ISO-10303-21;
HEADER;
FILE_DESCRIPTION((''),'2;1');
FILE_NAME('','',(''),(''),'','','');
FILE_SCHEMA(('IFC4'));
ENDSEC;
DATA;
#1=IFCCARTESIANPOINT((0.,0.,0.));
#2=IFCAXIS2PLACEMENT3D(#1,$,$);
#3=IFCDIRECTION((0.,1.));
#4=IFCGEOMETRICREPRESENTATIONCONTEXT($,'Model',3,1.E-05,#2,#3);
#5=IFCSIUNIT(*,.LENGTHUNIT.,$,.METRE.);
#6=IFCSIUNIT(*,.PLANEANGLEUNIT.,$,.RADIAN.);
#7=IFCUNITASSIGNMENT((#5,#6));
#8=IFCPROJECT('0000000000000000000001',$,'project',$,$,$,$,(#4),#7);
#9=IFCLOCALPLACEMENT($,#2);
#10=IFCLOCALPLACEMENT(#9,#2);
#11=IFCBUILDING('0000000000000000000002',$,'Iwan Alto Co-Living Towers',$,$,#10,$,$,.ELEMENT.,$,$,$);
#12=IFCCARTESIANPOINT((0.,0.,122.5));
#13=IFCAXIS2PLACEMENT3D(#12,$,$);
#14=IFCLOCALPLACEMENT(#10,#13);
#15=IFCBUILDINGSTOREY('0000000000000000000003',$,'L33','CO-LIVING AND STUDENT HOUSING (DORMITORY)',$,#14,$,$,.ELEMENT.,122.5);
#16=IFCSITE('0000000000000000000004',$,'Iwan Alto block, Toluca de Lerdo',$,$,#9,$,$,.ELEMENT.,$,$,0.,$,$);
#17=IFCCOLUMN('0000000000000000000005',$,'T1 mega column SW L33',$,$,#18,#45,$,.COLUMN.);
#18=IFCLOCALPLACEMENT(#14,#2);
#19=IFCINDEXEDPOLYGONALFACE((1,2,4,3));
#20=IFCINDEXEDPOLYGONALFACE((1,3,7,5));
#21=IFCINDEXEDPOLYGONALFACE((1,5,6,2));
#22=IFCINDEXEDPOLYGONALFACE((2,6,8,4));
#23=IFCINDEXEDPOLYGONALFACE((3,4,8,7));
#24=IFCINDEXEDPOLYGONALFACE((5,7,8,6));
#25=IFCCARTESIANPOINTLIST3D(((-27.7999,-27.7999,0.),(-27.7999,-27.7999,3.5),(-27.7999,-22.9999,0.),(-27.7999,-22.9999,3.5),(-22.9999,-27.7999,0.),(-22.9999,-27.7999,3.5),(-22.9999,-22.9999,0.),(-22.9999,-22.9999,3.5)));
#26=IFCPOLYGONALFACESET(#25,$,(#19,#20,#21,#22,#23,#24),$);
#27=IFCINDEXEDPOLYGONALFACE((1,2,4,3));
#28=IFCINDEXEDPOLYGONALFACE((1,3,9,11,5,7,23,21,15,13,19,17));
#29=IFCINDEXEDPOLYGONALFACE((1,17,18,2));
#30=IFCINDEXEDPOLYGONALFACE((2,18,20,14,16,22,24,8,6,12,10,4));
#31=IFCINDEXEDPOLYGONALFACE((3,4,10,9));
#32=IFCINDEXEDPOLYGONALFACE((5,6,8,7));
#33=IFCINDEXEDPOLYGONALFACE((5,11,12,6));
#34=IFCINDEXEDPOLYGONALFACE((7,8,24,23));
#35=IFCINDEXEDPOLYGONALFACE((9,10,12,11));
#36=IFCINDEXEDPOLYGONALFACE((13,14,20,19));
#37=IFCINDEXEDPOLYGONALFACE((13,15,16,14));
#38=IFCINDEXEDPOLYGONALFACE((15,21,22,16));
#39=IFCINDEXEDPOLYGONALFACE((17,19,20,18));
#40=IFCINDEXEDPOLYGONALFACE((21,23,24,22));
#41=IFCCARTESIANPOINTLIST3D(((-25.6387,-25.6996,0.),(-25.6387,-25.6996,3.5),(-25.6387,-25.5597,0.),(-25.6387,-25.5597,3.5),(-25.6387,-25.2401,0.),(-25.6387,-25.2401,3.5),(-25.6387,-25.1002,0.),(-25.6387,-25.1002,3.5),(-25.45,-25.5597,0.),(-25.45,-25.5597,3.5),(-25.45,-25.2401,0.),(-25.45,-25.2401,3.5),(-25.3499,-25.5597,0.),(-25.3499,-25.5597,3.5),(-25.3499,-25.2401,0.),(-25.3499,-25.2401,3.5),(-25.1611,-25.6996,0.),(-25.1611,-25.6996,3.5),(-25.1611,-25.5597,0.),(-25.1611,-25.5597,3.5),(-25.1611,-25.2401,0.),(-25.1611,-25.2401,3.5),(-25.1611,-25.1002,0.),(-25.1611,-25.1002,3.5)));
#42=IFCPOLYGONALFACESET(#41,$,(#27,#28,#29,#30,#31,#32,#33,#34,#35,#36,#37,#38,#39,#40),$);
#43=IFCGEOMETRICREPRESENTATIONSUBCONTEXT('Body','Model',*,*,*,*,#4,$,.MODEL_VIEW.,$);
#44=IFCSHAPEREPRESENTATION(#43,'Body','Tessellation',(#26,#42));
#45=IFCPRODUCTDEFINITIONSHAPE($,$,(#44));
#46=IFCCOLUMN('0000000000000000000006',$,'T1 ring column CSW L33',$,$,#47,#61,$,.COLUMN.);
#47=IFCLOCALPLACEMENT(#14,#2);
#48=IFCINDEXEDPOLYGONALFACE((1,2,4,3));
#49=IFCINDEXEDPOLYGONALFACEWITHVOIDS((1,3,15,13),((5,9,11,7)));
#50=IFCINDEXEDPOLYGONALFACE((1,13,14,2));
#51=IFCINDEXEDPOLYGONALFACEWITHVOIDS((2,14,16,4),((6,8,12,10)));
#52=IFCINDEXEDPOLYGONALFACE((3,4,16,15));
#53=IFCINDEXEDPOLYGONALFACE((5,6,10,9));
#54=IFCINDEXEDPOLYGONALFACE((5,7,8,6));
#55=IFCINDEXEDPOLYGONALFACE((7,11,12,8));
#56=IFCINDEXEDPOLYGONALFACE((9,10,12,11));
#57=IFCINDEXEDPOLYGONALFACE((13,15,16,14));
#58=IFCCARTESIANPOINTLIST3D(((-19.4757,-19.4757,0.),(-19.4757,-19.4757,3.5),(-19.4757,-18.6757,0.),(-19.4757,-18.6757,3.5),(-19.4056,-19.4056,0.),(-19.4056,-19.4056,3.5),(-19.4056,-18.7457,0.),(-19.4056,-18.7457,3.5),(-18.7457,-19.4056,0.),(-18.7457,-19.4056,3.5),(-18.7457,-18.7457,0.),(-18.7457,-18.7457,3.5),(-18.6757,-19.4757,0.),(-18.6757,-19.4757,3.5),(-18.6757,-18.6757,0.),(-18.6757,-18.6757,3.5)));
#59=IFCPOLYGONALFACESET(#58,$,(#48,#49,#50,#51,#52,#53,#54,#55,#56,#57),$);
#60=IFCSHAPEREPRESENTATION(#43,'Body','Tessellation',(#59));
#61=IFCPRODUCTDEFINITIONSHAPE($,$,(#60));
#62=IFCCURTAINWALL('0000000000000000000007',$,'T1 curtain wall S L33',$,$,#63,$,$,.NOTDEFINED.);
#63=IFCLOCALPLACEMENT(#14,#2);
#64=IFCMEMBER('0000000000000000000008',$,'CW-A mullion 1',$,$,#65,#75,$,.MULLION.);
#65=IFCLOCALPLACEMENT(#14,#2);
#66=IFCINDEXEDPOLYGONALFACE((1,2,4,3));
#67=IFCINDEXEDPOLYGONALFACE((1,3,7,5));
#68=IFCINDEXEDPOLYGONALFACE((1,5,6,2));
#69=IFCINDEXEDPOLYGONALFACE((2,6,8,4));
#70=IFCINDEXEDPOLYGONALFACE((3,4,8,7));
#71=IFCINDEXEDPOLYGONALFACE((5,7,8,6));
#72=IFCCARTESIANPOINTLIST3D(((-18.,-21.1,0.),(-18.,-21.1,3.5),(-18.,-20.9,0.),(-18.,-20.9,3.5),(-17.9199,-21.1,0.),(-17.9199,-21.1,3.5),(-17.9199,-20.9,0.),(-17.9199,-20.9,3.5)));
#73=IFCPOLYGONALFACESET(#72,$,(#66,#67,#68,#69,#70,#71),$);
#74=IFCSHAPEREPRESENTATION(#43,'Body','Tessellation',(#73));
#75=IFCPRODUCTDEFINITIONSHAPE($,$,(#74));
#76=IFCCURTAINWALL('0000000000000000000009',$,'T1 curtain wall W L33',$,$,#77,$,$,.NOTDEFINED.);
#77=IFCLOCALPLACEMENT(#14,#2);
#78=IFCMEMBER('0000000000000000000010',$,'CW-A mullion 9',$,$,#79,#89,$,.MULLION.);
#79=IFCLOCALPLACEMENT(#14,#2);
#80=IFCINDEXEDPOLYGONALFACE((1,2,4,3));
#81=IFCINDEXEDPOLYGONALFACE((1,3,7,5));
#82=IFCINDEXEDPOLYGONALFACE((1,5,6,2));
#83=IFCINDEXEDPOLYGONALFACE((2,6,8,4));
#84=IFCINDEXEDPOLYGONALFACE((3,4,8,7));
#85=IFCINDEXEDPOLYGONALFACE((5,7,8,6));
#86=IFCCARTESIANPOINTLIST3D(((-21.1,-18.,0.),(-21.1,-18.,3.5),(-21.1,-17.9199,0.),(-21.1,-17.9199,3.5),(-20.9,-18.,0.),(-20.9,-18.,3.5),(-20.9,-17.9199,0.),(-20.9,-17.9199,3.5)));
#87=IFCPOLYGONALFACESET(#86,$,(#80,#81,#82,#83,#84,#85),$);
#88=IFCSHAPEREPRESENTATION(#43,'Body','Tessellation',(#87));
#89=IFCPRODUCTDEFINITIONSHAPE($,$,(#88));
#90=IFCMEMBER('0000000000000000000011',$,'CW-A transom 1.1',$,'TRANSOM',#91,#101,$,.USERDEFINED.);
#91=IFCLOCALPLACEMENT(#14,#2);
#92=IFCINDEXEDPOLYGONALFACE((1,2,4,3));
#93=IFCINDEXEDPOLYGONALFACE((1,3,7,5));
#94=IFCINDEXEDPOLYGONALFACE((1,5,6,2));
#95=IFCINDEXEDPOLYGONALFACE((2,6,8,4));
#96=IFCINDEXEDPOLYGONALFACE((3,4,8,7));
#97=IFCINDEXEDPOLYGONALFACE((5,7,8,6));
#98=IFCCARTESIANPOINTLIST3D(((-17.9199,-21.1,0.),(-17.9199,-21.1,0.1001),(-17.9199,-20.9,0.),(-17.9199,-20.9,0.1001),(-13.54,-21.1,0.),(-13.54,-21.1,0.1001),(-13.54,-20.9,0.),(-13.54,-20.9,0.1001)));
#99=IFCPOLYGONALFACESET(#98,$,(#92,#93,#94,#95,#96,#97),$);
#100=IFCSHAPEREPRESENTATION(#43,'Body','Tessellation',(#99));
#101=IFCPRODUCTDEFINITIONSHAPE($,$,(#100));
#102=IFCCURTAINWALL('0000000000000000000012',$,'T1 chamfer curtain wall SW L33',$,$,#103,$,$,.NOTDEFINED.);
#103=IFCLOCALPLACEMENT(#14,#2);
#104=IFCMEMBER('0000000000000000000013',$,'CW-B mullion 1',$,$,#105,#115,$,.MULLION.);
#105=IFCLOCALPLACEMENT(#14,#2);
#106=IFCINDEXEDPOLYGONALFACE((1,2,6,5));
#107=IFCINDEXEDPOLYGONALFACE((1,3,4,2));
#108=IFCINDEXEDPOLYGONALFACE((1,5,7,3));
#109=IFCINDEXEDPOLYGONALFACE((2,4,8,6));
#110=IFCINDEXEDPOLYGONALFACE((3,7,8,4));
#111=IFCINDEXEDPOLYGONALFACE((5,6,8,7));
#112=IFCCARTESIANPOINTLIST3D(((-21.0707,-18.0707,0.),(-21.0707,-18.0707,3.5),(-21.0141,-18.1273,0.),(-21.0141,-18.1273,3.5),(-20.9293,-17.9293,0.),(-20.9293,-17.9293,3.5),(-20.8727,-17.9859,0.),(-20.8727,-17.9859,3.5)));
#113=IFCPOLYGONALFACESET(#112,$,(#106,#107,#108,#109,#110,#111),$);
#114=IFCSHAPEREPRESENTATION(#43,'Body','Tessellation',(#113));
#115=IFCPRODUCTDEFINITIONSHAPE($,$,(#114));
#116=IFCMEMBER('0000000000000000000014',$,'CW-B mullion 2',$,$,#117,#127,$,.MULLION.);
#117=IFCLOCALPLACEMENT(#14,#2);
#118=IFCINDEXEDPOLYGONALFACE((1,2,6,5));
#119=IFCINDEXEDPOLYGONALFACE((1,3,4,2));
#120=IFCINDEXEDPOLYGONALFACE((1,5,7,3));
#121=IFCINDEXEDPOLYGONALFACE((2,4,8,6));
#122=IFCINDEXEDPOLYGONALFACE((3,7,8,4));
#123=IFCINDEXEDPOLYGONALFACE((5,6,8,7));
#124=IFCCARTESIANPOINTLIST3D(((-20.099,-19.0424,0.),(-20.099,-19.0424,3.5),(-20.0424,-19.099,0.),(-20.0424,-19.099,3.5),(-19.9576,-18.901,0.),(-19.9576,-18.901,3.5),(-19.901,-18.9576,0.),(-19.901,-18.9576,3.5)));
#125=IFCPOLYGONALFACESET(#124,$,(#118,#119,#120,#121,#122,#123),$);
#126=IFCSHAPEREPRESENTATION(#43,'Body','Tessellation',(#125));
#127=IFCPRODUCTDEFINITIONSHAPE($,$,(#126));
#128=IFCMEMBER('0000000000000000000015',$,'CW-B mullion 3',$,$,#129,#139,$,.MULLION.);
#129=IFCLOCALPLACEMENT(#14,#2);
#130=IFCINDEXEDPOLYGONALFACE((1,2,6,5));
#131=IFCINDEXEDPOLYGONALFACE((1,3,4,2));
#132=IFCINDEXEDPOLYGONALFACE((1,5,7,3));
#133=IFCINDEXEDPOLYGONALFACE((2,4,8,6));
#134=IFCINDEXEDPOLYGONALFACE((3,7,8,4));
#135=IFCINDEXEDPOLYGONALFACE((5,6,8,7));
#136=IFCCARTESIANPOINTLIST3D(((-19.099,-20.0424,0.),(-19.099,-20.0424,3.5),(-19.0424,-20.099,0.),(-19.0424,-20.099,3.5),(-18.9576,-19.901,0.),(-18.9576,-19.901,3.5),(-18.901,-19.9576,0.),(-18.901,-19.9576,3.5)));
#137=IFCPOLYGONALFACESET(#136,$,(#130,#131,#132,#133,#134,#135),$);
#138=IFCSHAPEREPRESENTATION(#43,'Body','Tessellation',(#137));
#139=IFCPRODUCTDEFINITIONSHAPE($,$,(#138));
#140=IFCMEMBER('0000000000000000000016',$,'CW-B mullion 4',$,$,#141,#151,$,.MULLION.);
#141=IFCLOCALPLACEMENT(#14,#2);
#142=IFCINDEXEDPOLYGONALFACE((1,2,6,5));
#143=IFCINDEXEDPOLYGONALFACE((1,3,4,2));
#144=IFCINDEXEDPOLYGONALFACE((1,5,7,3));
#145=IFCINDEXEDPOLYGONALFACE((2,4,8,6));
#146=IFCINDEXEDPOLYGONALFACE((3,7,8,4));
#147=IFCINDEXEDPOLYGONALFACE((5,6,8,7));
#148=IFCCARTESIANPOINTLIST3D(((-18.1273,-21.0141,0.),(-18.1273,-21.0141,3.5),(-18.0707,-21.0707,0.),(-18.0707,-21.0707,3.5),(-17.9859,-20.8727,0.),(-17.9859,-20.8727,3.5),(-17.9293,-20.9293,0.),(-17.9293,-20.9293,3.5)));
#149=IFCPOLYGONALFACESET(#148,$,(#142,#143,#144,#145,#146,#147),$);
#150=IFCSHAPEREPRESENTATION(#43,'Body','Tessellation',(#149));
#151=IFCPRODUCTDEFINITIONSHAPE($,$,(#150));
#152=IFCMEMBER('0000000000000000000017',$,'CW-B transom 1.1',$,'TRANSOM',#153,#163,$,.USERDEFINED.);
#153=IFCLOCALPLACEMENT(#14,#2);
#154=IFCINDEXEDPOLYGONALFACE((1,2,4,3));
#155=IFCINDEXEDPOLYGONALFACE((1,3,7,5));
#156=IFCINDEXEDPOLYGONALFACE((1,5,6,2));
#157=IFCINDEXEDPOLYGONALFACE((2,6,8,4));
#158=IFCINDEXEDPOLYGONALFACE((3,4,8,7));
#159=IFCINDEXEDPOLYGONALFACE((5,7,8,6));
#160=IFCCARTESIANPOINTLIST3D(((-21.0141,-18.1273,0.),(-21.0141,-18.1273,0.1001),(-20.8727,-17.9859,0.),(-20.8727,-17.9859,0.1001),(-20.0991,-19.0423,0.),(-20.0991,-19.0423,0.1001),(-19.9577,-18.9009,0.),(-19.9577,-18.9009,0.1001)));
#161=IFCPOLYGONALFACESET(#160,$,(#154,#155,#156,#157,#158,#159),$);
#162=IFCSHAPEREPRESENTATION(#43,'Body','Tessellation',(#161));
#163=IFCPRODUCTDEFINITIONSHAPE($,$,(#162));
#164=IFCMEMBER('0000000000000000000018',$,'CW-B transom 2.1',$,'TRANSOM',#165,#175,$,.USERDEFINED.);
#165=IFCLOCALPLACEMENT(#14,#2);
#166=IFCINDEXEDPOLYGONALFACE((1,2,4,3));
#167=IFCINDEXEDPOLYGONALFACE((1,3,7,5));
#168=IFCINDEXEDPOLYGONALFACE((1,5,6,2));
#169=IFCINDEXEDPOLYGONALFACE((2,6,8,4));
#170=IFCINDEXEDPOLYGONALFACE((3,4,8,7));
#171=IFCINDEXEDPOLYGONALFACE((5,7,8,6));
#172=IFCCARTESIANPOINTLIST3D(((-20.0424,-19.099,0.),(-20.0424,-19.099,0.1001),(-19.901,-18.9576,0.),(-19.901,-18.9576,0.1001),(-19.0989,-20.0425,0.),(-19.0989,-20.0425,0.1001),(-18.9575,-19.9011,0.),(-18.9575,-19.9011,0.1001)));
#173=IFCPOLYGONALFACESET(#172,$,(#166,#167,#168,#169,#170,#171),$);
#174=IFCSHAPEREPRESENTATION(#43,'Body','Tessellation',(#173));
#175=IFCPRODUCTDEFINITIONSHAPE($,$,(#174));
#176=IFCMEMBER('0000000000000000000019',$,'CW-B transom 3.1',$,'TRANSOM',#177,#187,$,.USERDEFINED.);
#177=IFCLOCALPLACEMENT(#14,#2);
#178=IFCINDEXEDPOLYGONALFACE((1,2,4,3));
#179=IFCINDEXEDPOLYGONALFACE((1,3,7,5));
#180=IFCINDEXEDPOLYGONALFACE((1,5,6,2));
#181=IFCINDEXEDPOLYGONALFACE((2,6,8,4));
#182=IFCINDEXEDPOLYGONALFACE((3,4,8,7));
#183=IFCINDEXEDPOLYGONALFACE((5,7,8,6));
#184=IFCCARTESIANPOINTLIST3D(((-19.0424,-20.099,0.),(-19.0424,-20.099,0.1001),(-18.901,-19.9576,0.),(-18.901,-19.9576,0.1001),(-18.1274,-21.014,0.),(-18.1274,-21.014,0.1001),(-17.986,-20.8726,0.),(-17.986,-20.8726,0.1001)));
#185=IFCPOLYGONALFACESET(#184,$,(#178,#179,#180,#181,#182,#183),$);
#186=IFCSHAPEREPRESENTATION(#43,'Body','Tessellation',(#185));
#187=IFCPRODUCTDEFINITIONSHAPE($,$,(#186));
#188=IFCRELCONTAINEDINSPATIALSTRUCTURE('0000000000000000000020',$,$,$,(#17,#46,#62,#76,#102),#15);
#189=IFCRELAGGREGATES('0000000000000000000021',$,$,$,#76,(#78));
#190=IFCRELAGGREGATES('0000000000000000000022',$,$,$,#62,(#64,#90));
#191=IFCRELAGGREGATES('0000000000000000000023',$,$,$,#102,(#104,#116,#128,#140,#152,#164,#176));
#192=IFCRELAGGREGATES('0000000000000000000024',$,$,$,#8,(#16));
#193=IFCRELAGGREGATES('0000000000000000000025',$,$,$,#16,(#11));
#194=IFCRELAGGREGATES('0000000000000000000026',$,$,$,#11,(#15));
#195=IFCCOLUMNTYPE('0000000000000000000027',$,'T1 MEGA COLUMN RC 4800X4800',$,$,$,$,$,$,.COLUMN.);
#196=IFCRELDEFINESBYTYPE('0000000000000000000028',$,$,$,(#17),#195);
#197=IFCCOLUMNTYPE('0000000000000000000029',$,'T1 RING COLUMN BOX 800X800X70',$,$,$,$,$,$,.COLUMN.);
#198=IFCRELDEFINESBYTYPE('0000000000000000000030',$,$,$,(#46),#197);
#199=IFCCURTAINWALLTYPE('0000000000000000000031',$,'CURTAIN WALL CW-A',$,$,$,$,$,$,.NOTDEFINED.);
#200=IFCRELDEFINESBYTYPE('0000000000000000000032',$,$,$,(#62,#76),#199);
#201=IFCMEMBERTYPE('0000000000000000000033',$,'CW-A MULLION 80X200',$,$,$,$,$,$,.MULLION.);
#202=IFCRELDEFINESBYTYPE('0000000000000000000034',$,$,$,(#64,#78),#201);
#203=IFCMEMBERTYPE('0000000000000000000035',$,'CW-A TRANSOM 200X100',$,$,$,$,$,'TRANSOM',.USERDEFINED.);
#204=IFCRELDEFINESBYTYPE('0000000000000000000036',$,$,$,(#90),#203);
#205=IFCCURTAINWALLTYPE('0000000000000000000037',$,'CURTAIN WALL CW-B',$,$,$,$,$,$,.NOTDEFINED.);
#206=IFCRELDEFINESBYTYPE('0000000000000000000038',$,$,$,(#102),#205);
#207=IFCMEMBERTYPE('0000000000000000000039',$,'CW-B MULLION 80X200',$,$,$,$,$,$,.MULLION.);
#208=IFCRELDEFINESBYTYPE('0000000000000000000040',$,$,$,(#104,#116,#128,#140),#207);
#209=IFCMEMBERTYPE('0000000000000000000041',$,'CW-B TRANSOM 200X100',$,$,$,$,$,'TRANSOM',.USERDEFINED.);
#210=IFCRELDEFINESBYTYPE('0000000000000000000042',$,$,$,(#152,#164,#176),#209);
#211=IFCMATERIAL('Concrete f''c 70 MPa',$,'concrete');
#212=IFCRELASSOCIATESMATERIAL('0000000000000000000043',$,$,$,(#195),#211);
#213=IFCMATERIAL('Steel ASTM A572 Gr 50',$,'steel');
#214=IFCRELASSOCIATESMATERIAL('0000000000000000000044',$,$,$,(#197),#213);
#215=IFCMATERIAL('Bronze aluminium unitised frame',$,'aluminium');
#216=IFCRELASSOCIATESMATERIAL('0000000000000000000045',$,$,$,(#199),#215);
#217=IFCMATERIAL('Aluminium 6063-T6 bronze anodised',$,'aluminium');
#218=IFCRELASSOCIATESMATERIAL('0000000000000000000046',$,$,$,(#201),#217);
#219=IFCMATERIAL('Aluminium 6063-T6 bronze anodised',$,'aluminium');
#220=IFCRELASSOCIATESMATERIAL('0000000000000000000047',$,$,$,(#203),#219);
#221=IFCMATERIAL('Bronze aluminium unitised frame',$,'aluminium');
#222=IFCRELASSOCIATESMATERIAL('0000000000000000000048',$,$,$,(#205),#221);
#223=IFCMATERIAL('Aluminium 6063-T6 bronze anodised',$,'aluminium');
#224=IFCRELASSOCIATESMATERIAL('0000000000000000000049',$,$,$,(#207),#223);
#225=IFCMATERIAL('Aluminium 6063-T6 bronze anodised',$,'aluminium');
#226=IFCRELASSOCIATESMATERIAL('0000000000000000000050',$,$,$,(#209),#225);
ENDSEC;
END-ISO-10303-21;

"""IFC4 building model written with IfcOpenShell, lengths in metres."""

from ifc_helpers import new_model, si_unit, direction, frame, origin, origin_2d, place, context, subcontext, project, spatial, rectangle, hollow_rectangle, i_section, extrude, material, material_profile, profile_set, type_object, element, aggregate, save


model = new_model("IFC4")

# Units and contexts
model_context = context("Model", 3, precision=1e-05, world=origin(), true_north=direction((0.0, 1.0)))
body_context = subcontext(model_context, "Body", "Model", "MODEL_VIEW")
ifc_project = project(units=[si_unit("LENGTHUNIT", "METRE"), si_unit("PLANEANGLEUNIT", "RADIAN")], contexts=[model_context])

# Site, building, storey
site_placement = place(None, origin())
site = spatial("IfcSite", under=ifc_project, at=site_placement, Name="Iwan Alto block, Toluca de Lerdo", CompositionType="ELEMENT", RefElevation=0.0)
building_placement = place(site_placement, origin())
building = spatial("IfcBuilding", under=site, at=building_placement, Name="Iwan Alto Co-Living Towers", CompositionType="ELEMENT")
storey_placement = place(building_placement, frame((0.0, 0.0, 122.5)))
storey = spatial("IfcBuildingStorey", under=building, at=storey_placement, Name="L33", Description="CO-LIVING AND STUDENT HOUSING (DORMITORY)", CompositionType="ELEMENT", Elevation=122.5)

# Columns
ifc_material_1 = material(Name="Concrete f'c 70 MPa", Category="concrete")
ifc_material_profile_1 = material_profile(ifc_material_1, rectangle(XDim=4.8, YDim=4.8, at=origin_2d()), Name="RC 4800X4800")
ifc_profile_set_1 = profile_set([ifc_material_profile_1], Name="Concrete f'c 70 MPa")
column_type_1 = type_object("IfcColumnType", Name="T1 MEGA COLUMN RC 4800X4800", PredefinedType="COLUMN", material=ifc_profile_set_1)
column_1_placement = place(storey_placement, frame((-25.3999, -25.3999, 0.0), z_axis=(0.0, 0.0, 1.0), x_axis=(1.0, 0.0, 0.0)))
element("IfcColumn", 1, at=column_1_placement, inside=storey, type_object=column_type_1, Name="T1 mega column SW L33", PredefinedType="COLUMN", context=body_context, shape_type="SweptSolid", body=[
    extrude(rectangle(XDim=4.8, YDim=4.8, at=origin_2d()), origin(), (0.0, 0.0, 1.0), 3.5),
    extrude(i_section(OverallWidth=0.4775, OverallDepth=0.5994, WebThickness=0.1001, FlangeThickness=0.1399, at=origin_2d()), origin(), (0.0, 0.0, 1.0), 3.5),
])
ifc_material_2 = material(Name="Steel ASTM A572 Gr 50", Category="steel")
ifc_material_profile_2 = material_profile(ifc_material_2, hollow_rectangle(XDim=0.8, YDim=0.8, WallThickness=0.0701, at=origin_2d()), Name="BOX 800X800X70")
ifc_profile_set_2 = profile_set([ifc_material_profile_2], Name="Steel ASTM A572 Gr 50")
column_type_2 = type_object("IfcColumnType", Name="T1 RING COLUMN BOX 800X800X70", PredefinedType="COLUMN", material=ifc_profile_set_2)
column_2_placement = place(storey_placement, frame((-19.0757, -19.0757, 0.0), z_axis=(0.0, 0.0, 1.0), x_axis=(1.0, 0.0, 0.0)))
element("IfcColumn", 2, at=column_2_placement, inside=storey, type_object=column_type_2, Name="T1 ring column CSW L33", PredefinedType="COLUMN", context=body_context, shape_type="SweptSolid", body=[
    extrude(hollow_rectangle(XDim=0.8, YDim=0.8, WallThickness=0.0701, at=origin_2d()), origin(), (0.0, 0.0, 1.0), 3.5),
])

# Curtain walls, members
ifc_material_3 = material(Name="Bronze aluminium unitised frame", Category="aluminium")
curtain_wall_type_1 = type_object("IfcCurtainWallType", Name="CURTAIN WALL CW-A", PredefinedType="NOTDEFINED", material=ifc_material_3)
curtain_wall_1_placement = place(storey_placement, origin())
curtain_wall_1 = element("IfcCurtainWall", 3, at=curtain_wall_1_placement, inside=storey, type_object=curtain_wall_type_1, Name="T1 curtain wall S L33", PredefinedType="NOTDEFINED")
ifc_material_4 = material(Name="Aluminium 6063-T6 bronze anodised", Category="aluminium")
ifc_material_profile_3 = material_profile(ifc_material_4, rectangle(XDim=0.2, YDim=0.0801, at=origin_2d()), Name="AL 80X200")
ifc_profile_set_3 = profile_set([ifc_material_profile_3], Name="Aluminium 6063-T6 bronze anodised")
member_type_1 = type_object("IfcMemberType", Name="CW-A MULLION 80X200", PredefinedType="MULLION", material=ifc_profile_set_3)
member_1_placement = place(storey_placement, frame((-17.96, -21.0, 0.0), z_axis=(0.0, 0.0, 1.0), x_axis=(0.0, 1.0, 0.0)))
member_1 = element("IfcMember", 4, at=member_1_placement, type_object=member_type_1, Name="CW-A mullion 1", PredefinedType="MULLION", context=body_context, shape_type="SweptSolid", body=[
    extrude(rectangle(XDim=0.2, YDim=0.0801, at=origin_2d()), origin(), (0.0, 0.0, 1.0), 3.5),
])
curtain_wall_2_placement = place(storey_placement, origin())
curtain_wall_2 = element("IfcCurtainWall", 5, at=curtain_wall_2_placement, inside=storey, type_object=curtain_wall_type_1, Name="T1 curtain wall W L33", PredefinedType="NOTDEFINED")
member_2_placement = place(storey_placement, frame((-21.0, -17.96, 0.0), z_axis=(0.0, 0.0, 1.0), x_axis=(1.0, 0.0, 0.0)))
member_2 = element("IfcMember", 6, at=member_2_placement, type_object=member_type_1, Name="CW-A mullion 9", PredefinedType="MULLION", context=body_context, shape_type="SweptSolid", body=[
    extrude(rectangle(XDim=0.2, YDim=0.0801, at=origin_2d()), origin(), (0.0, 0.0, 1.0), 3.5),
])
aggregate(curtain_wall_2, [member_2])

# Member
ifc_material_5 = material(Name="Aluminium 6063-T6 bronze anodised", Category="aluminium")
ifc_material_profile_4 = material_profile(ifc_material_5, rectangle(XDim=0.2, YDim=0.1001, at=origin_2d()), Name="AL 200X100")
ifc_profile_set_4 = profile_set([ifc_material_profile_4], Name="Aluminium 6063-T6 bronze anodised")
member_type_2 = type_object("IfcMemberType", Name="CW-A TRANSOM 200X100", ElementType="TRANSOM", PredefinedType="USERDEFINED", material=ifc_profile_set_4)
member_3_placement = place(storey_placement, frame((-17.9199, -21.0, 0.05), z_axis=(1.0, 0.0, 0.0), x_axis=(0.0, 1.0, 0.0)))
member_3 = element("IfcMember", 7, at=member_3_placement, type_object=member_type_2, Name="CW-A transom 1.1", ObjectType="TRANSOM", PredefinedType="USERDEFINED", context=body_context, shape_type="SweptSolid", body=[
    extrude(rectangle(XDim=0.2, YDim=0.1001, at=origin_2d()), origin(), (0.0, 0.0, 1.0), 4.3799),
])

# Curtain wall, members
ifc_material_6 = material(Name="Bronze aluminium unitised frame", Category="aluminium")
curtain_wall_type_2 = type_object("IfcCurtainWallType", Name="CURTAIN WALL CW-B", PredefinedType="NOTDEFINED", material=ifc_material_6)
curtain_wall_3_placement = place(storey_placement, origin())
curtain_wall_3 = element("IfcCurtainWall", 8, at=curtain_wall_3_placement, inside=storey, type_object=curtain_wall_type_2, Name="T1 chamfer curtain wall SW L33", PredefinedType="NOTDEFINED")
ifc_material_7 = material(Name="Aluminium 6063-T6 bronze anodised", Category="aluminium")
ifc_material_profile_5 = material_profile(ifc_material_7, rectangle(XDim=0.2, YDim=0.0801, at=origin_2d()), Name="AL 80X200")
ifc_profile_set_5 = profile_set([ifc_material_profile_5], Name="Aluminium 6063-T6 bronze anodised")
member_type_3 = type_object("IfcMemberType", Name="CW-B MULLION 80X200", PredefinedType="MULLION", material=ifc_profile_set_5)
member_4_placement = place(storey_placement, frame((-20.9717, -18.0283, 0.0), z_axis=(0.0, 0.0, 1.0), x_axis=(0.707107, 0.707107, 0.0)))
member_4 = element("IfcMember", 9, at=member_4_placement, type_object=member_type_3, Name="CW-B mullion 1", PredefinedType="MULLION", context=body_context, shape_type="SweptSolid", body=[
    extrude(rectangle(XDim=0.2, YDim=0.0801, at=origin_2d()), origin(), (0.0, 0.0, 1.0), 3.5),
])
member_5_placement = place(storey_placement, frame((-20.0, -19.0, 0.0), z_axis=(0.0, 0.0, 1.0), x_axis=(0.707107, 0.707107, 0.0)))
member_5 = element("IfcMember", 10, at=member_5_placement, type_object=member_type_3, Name="CW-B mullion 2", PredefinedType="MULLION", context=body_context, shape_type="SweptSolid", body=[
    extrude(rectangle(XDim=0.2, YDim=0.0801, at=origin_2d()), origin(), (0.0, 0.0, 1.0), 3.5),
])
member_6_placement = place(storey_placement, frame((-19.0, -20.0, 0.0), z_axis=(0.0, 0.0, 1.0), x_axis=(0.707107, 0.707107, 0.0)))
member_6 = element("IfcMember", 11, at=member_6_placement, type_object=member_type_3, Name="CW-B mullion 3", PredefinedType="MULLION", context=body_context, shape_type="SweptSolid", body=[
    extrude(rectangle(XDim=0.2, YDim=0.0801, at=origin_2d()), origin(), (0.0, 0.0, 1.0), 3.5),
])
member_7_placement = place(storey_placement, frame((-18.0283, -20.9717, 0.0), z_axis=(0.0, 0.0, 1.0), x_axis=(0.707107, 0.707107, 0.0)))
member_7 = element("IfcMember", 12, at=member_7_placement, type_object=member_type_3, Name="CW-B mullion 4", PredefinedType="MULLION", context=body_context, shape_type="SweptSolid", body=[
    extrude(rectangle(XDim=0.2, YDim=0.0801, at=origin_2d()), origin(), (0.0, 0.0, 1.0), 3.5),
])
ifc_material_8 = material(Name="Aluminium 6063-T6 bronze anodised", Category="aluminium")
ifc_material_profile_6 = material_profile(ifc_material_8, rectangle(XDim=0.2, YDim=0.1001, at=origin_2d()), Name="AL 200X100")
ifc_profile_set_6 = profile_set([ifc_material_profile_6], Name="Aluminium 6063-T6 bronze anodised")
member_type_4 = type_object("IfcMemberType", Name="CW-B TRANSOM 200X100", ElementType="TRANSOM", PredefinedType="USERDEFINED", material=ifc_profile_set_6)
member_8_placement = place(storey_placement, frame((-20.9434, -18.0566, 0.05), z_axis=(0.707107, -0.707107, 0.0), x_axis=(0.707107, 0.707107, 0.0)))
member_8 = element("IfcMember", 13, at=member_8_placement, type_object=member_type_4, Name="CW-B transom 1.1", ObjectType="TRANSOM", PredefinedType="USERDEFINED", context=body_context, shape_type="SweptSolid", body=[
    extrude(rectangle(XDim=0.2, YDim=0.1001, at=origin_2d()), origin(), (0.0, 0.0, 1.0), 1.2939),
])
member_9_placement = place(storey_placement, frame((-19.9717, -19.0283, 0.05), z_axis=(0.707107, -0.707107, 0.0), x_axis=(0.707107, 0.707107, 0.0)))
member_9 = element("IfcMember", 14, at=member_9_placement, type_object=member_type_4, Name="CW-B transom 2.1", ObjectType="TRANSOM", PredefinedType="USERDEFINED", context=body_context, shape_type="SweptSolid", body=[
    extrude(rectangle(XDim=0.2, YDim=0.1001, at=origin_2d()), origin(), (0.0, 0.0, 1.0), 1.3342),
])
member_10_placement = place(storey_placement, frame((-18.9717, -20.0283, 0.05), z_axis=(0.707107, -0.707107, 0.0), x_axis=(0.707107, 0.707107, 0.0)))
member_10 = element("IfcMember", 15, at=member_10_placement, type_object=member_type_4, Name="CW-B transom 3.1", ObjectType="TRANSOM", PredefinedType="USERDEFINED", context=body_context, shape_type="SweptSolid", body=[
    extrude(rectangle(XDim=0.2, YDim=0.1001, at=origin_2d()), origin(), (0.0, 0.0, 1.0), 1.2939),
])

aggregate(curtain_wall_1, [member_1, member_3])
aggregate(curtain_wall_3, [member_4, member_5, member_6, member_7, member_8, member_9, member_10])

save(model, "model.ifc")
